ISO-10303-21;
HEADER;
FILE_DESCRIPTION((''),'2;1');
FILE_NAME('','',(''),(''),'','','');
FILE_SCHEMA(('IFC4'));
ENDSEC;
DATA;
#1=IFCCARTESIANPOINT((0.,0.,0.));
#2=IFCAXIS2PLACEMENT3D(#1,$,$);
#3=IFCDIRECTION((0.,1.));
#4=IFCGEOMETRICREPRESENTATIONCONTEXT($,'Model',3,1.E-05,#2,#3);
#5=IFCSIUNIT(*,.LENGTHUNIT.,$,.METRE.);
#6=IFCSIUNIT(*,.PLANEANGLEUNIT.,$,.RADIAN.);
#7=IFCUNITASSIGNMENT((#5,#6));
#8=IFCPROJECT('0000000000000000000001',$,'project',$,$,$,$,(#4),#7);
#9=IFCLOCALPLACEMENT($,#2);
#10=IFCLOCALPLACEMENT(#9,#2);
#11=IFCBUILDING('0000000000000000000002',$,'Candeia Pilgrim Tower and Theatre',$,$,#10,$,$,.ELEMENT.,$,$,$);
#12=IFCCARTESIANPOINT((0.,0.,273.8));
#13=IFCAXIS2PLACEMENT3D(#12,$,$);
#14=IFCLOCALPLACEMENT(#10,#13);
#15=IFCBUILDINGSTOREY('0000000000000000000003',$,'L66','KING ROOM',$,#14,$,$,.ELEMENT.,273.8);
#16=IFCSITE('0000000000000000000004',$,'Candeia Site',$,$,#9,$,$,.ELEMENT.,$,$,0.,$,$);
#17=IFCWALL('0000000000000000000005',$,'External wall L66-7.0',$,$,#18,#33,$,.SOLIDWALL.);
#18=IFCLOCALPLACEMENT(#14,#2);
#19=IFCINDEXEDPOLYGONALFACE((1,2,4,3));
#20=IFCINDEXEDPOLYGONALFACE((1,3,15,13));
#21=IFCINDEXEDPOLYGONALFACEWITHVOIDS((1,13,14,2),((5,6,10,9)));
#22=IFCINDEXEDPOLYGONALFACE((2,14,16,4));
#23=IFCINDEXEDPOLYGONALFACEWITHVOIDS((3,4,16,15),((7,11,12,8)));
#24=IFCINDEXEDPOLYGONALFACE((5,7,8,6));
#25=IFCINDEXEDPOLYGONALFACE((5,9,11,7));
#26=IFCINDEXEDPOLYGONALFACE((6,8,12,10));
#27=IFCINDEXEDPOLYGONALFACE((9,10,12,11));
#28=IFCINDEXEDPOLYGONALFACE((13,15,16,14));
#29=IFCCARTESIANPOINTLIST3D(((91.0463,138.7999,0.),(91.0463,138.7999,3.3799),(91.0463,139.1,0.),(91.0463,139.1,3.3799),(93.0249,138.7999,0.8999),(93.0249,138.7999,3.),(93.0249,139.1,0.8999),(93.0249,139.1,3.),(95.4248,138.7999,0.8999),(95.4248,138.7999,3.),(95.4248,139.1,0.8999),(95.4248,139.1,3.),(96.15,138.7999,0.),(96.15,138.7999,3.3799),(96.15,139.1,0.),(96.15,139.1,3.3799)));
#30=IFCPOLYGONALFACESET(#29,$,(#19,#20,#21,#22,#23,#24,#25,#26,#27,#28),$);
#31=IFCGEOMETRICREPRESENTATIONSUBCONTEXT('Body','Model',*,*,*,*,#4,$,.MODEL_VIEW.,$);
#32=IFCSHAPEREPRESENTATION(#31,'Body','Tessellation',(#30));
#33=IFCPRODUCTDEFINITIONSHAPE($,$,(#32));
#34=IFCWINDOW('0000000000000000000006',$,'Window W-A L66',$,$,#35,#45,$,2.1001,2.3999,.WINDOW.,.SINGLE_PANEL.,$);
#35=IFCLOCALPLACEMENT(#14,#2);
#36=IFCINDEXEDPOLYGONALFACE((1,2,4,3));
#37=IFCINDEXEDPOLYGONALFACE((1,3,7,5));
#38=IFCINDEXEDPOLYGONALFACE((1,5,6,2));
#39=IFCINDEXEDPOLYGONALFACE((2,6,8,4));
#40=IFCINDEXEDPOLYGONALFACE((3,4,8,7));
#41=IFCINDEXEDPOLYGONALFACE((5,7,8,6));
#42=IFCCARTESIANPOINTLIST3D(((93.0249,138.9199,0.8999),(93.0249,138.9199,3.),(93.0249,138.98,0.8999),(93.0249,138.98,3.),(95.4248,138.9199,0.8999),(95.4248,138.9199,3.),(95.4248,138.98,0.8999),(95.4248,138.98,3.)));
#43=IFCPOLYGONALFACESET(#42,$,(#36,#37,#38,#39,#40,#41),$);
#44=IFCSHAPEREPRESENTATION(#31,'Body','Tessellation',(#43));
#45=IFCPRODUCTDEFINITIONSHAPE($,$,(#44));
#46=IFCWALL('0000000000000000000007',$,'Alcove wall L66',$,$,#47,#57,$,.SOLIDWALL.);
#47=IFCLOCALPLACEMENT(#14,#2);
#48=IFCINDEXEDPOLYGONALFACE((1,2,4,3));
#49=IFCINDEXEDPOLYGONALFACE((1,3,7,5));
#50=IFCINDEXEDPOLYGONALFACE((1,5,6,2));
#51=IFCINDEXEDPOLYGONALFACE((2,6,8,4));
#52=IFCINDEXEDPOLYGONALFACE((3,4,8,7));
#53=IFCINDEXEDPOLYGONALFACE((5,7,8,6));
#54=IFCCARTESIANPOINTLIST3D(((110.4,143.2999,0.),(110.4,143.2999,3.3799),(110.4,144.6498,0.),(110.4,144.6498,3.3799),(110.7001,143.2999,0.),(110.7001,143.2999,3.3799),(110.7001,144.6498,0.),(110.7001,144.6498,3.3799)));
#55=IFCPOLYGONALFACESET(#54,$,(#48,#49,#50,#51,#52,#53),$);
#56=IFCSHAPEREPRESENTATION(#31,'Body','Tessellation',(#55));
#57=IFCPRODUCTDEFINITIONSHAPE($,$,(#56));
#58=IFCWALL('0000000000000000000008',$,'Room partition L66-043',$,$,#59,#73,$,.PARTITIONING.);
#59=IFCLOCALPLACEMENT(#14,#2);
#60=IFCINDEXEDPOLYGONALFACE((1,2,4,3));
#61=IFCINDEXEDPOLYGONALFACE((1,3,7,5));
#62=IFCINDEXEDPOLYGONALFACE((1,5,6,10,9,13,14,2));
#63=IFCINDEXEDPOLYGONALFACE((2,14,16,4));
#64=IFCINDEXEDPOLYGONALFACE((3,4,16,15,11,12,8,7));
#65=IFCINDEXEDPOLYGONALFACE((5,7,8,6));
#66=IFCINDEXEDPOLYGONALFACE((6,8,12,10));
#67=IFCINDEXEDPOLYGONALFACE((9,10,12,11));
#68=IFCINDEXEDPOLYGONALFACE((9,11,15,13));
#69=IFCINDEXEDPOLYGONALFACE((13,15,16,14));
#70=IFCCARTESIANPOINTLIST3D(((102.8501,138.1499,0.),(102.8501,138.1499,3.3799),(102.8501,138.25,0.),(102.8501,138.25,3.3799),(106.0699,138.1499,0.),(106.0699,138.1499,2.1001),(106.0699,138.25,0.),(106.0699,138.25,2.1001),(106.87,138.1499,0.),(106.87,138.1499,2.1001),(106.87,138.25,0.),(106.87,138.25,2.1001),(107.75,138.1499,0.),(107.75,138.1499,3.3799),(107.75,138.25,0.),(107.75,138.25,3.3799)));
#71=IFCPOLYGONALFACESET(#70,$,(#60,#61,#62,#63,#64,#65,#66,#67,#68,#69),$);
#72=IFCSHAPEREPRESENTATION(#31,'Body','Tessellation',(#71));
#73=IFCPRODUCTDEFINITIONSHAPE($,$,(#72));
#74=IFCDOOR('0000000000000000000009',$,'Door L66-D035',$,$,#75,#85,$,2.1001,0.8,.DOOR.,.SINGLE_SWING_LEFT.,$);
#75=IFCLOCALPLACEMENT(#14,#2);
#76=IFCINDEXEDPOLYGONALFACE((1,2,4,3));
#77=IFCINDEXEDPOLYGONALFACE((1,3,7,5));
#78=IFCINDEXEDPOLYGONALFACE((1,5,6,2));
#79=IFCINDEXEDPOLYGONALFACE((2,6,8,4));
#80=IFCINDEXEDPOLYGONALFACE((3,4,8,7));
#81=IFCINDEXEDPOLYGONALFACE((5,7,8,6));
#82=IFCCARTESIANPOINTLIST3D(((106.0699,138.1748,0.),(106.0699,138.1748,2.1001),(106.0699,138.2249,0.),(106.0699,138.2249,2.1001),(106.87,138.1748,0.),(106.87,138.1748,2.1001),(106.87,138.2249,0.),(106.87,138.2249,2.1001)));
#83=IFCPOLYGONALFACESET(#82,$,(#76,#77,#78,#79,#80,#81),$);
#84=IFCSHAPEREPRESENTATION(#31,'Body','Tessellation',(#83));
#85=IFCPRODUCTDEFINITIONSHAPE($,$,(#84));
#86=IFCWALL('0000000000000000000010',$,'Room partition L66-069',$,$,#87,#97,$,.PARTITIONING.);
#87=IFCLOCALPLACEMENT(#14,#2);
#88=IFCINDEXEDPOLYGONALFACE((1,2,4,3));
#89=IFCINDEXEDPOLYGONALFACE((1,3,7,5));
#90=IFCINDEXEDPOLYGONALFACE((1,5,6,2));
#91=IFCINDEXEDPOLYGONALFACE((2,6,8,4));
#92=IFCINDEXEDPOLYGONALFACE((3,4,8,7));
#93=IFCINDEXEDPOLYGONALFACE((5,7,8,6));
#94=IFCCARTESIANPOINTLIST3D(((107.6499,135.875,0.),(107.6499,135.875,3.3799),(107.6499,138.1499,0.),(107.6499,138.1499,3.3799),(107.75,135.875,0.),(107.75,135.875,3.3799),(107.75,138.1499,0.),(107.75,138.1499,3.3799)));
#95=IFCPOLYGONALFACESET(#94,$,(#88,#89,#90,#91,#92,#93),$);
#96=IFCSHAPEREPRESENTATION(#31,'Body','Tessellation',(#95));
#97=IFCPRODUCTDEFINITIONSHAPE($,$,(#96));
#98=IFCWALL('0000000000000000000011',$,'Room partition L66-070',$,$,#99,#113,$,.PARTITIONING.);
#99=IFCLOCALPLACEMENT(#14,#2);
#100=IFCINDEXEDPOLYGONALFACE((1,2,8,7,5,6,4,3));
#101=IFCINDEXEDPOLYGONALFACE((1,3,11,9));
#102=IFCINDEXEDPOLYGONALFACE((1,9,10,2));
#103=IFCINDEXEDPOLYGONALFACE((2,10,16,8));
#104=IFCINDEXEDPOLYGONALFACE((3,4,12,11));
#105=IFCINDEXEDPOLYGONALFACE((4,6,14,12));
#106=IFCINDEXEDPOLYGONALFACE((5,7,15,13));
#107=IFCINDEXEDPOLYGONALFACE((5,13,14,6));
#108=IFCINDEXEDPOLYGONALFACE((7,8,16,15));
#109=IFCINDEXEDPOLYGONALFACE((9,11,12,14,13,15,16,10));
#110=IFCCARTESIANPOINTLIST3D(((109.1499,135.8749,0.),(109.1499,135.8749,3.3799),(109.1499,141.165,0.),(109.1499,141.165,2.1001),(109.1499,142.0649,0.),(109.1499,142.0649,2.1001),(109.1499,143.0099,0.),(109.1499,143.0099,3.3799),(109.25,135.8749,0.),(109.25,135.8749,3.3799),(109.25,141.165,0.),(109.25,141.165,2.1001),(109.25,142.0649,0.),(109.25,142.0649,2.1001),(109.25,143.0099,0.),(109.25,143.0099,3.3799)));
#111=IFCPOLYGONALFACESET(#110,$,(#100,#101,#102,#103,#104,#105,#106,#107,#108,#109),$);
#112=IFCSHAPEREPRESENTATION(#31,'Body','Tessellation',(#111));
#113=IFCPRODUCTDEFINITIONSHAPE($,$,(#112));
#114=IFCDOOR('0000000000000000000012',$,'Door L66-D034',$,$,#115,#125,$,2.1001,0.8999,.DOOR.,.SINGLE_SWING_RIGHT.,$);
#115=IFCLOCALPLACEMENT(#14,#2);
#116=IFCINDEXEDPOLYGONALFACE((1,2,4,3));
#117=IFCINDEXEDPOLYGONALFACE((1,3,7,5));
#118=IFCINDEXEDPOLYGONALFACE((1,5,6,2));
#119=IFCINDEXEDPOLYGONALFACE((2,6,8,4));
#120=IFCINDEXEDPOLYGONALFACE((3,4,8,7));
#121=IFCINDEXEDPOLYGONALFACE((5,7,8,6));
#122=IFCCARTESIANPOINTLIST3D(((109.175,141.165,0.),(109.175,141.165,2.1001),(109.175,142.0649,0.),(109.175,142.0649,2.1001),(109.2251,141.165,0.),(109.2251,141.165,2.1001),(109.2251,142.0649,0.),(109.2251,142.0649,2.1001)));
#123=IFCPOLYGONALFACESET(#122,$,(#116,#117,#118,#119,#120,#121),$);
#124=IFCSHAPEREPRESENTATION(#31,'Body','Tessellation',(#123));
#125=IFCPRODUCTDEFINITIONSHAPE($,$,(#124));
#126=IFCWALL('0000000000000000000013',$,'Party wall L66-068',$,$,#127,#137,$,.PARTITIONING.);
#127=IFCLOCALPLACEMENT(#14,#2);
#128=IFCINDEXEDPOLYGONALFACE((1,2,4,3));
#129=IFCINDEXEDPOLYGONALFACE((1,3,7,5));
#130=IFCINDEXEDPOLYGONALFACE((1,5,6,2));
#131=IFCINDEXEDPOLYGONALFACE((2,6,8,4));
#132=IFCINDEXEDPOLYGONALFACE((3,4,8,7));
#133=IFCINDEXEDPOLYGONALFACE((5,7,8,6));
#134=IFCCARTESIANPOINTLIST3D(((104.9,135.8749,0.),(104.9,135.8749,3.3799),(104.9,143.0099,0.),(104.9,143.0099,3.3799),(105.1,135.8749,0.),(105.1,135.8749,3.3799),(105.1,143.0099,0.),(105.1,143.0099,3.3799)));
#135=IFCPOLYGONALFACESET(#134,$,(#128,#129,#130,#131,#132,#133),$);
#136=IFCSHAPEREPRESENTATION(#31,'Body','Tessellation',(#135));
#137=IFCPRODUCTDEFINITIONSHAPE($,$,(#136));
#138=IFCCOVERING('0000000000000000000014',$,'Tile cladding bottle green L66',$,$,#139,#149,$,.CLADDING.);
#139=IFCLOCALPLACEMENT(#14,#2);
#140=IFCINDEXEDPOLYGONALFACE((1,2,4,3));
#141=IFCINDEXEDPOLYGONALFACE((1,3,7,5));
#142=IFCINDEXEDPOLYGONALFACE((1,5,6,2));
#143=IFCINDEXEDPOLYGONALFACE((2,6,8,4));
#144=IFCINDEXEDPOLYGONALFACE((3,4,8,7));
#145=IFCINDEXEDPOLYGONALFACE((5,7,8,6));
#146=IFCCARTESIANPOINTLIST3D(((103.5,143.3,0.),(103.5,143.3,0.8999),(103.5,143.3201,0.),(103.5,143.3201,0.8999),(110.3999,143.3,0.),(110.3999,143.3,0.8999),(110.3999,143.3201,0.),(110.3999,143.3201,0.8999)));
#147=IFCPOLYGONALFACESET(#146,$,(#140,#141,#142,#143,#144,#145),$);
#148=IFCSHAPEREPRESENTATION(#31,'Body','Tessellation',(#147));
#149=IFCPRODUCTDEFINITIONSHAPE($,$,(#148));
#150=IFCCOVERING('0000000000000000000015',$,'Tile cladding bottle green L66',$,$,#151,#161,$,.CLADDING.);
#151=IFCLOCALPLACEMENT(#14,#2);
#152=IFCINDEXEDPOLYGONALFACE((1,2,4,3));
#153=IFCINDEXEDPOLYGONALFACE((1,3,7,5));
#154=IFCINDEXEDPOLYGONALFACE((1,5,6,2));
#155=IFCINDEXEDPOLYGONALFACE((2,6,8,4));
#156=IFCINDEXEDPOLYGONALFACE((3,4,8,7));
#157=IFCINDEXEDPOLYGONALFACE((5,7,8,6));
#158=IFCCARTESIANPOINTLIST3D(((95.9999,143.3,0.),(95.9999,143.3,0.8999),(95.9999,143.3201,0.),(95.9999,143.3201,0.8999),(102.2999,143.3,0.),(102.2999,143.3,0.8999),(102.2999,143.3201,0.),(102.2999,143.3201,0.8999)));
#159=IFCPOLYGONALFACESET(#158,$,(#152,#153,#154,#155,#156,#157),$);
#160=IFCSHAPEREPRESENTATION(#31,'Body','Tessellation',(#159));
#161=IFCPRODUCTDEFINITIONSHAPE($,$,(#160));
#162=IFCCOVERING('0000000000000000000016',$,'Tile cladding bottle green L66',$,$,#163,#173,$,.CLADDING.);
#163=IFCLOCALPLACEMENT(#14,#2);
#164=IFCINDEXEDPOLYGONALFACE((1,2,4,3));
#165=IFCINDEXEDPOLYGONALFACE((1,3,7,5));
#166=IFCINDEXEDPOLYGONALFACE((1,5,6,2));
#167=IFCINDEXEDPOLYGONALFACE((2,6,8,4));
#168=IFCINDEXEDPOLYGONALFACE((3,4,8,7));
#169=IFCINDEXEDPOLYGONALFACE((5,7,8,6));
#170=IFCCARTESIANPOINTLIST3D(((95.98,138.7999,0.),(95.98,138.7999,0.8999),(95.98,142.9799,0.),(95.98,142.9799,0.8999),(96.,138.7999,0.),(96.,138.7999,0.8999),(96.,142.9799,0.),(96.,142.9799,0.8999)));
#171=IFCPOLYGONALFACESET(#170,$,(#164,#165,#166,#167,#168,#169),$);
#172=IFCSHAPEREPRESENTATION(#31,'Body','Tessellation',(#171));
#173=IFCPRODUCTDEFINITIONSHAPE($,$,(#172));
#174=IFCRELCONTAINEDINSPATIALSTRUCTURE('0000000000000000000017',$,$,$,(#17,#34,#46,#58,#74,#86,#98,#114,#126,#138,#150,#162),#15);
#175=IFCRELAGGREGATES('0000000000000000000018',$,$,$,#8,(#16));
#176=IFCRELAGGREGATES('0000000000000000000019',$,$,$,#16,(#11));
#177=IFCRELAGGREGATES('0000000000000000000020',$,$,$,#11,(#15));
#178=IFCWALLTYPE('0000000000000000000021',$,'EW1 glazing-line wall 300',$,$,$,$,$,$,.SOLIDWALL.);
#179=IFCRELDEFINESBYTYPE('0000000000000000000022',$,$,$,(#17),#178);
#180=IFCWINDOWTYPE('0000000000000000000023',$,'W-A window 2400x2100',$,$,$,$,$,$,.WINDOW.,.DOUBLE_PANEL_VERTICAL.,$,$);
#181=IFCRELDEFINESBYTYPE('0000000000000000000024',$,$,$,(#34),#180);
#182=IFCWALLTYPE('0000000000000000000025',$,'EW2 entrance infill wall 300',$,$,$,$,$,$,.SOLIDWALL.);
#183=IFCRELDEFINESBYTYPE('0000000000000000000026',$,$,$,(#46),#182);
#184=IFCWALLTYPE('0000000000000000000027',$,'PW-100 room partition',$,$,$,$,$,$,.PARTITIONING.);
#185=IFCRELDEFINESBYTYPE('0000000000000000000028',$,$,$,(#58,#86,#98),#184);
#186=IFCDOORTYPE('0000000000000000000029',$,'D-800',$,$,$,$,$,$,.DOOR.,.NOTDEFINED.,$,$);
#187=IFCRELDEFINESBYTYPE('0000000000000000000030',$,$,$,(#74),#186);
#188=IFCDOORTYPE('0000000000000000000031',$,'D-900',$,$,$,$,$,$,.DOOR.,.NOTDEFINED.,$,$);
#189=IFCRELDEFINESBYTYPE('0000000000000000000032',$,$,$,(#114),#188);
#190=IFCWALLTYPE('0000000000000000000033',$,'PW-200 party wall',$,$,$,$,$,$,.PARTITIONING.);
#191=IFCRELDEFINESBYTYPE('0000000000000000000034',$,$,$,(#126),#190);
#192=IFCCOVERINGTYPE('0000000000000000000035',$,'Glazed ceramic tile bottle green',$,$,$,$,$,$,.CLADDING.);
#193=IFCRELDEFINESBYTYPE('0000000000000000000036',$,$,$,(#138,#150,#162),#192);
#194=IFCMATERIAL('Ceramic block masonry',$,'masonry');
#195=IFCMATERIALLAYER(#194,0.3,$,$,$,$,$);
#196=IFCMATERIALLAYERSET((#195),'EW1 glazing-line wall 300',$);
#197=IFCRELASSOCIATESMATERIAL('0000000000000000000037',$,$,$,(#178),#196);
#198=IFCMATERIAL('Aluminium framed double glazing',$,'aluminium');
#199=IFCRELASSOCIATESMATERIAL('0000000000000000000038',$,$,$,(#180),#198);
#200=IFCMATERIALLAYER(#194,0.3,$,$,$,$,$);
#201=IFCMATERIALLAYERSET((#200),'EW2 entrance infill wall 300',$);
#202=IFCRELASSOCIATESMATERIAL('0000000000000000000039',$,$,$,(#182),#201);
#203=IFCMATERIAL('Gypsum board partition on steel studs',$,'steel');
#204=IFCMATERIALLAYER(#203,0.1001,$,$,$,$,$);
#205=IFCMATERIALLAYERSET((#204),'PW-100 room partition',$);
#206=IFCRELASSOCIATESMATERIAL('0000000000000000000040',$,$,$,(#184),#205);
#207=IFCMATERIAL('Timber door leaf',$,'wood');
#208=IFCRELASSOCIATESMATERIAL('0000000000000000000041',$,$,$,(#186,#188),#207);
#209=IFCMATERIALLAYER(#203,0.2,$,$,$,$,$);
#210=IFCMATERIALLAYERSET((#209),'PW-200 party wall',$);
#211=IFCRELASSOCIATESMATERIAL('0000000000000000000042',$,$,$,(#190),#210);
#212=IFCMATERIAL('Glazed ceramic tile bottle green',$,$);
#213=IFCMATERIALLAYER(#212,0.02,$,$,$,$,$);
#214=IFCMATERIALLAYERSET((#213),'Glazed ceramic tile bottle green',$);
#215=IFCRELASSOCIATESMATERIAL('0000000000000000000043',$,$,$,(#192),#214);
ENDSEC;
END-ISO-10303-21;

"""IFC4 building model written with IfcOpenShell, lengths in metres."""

from ifc_helpers import new_model, si_unit, direction, frame, frame_2d, origin, origin_2d, place, context, subcontext, project, spatial, rectangle, extrude, material, layer, layer_set, type_object, element, fill, save


model = new_model("IFC4")

# Units and contexts
model_context = context("Model", 3, precision=1e-05, world=origin(), true_north=direction((0.0, 1.0)))
body_context = subcontext(model_context, "Body", "Model", "MODEL_VIEW")
ifc_project = project(units=[si_unit("LENGTHUNIT", "METRE"), si_unit("PLANEANGLEUNIT", "RADIAN")], contexts=[model_context])

# Site, building, storey
site_placement = place(None, origin())
site = spatial("IfcSite", under=ifc_project, at=site_placement, Name="Candeia Site", CompositionType="ELEMENT", RefElevation=0.0)
building_placement = place(site_placement, origin())
building = spatial("IfcBuilding", under=site, at=building_placement, Name="Candeia Pilgrim Tower and Theatre", CompositionType="ELEMENT")
storey_placement = place(building_placement, frame((0.0, 0.0, 273.8)))
storey = spatial("IfcBuildingStorey", under=building, at=storey_placement, Name="L66", Description="KING ROOM", CompositionType="ELEMENT", Elevation=273.8)

# Shared definitions
ifc_material_1 = material(Name="Ceramic block masonry", Category="masonry")
ifc_layer_1 = layer(ifc_material_1, 0.3)
ifc_layer_set_1 = layer_set([ifc_layer_1], Name="EW1 glazing-line wall 300")
wall_type_1 = type_object("IfcWallType", Name="EW1 glazing-line wall 300", PredefinedType="SOLIDWALL", material=ifc_layer_set_1)
ifc_material_2 = material(Name="Aluminium framed double glazing", Category="aluminium")
window_type_1 = type_object("IfcWindowType", Name="W-A window 2400x2100", PartitioningType="DOUBLE_PANEL_VERTICAL", PredefinedType="WINDOW", material=ifc_material_2)

# Wall, opening, window
wall_1_placement = place(storey_placement, frame((96.1499, 138.95, 0.0), z_axis=(0.0, 0.0, 1.0), x_axis=(-1.0, 0.0, 0.0)))
wall_1 = element("IfcWall", 1, at=wall_1_placement, inside=storey, type_object=wall_type_1, Name="External wall L66-7.0", PredefinedType="SOLIDWALL", context=body_context, shape_type="SweptSolid", body=[
    extrude(rectangle(XDim=5.1038, YDim=0.3, at=frame_2d((2.5518, 0.0))), origin(), (0.0, 0.0, 1.0), 3.3799),
])
opening_1_placement = place(wall_1_placement, frame((0.7251, 0.0, 0.8999)))
opening_1 = element("IfcOpeningElement", 2, at=opening_1_placement, cuts=wall_1, PredefinedType="OPENING", context=body_context, shape_type="SweptSolid", body=[
    extrude(rectangle(XDim=2.3999, YDim=2.1001, at=frame_2d((1.2, 1.05))), frame((0.0, 0.1602, 0.0), z_axis=(0.0, -1.0, 0.0), x_axis=(1.0, 0.0, 0.0)), (0.0, 0.0, 1.0), 0.3201),
])
window_1_placement = place(opening_1_placement, origin())
window_1 = element("IfcWindow", 3, at=window_1_placement, inside=storey, type_object=window_type_1, Name="Window W-A L66", OverallHeight=2.1001, OverallWidth=2.3999, PartitioningType="SINGLE_PANEL", PredefinedType="WINDOW", context=body_context, shape_type="SweptSolid", body=[
    extrude(rectangle(XDim=2.3999, YDim=2.1001, at=frame_2d((1.2, 1.05))), frame((0.0, 0.03, 0.0), z_axis=(0.0, -1.0, 0.0), x_axis=(1.0, 0.0, 0.0)), (0.0, 0.0, 1.0), 0.0601),
])
fill(opening_1, window_1)

# Wall
ifc_layer_2 = layer(ifc_material_1, 0.3)
ifc_layer_set_2 = layer_set([ifc_layer_2], Name="EW2 entrance infill wall 300")
wall_type_2 = type_object("IfcWallType", Name="EW2 entrance infill wall 300", PredefinedType="SOLIDWALL", material=ifc_layer_set_2)
wall_2_placement = place(storey_placement, frame((110.55, 143.3, 0.0), z_axis=(0.0, 0.0, 1.0), x_axis=(0.0, 1.0, 0.0)))
element("IfcWall", 4, at=wall_2_placement, inside=storey, type_object=wall_type_2, Name="Alcove wall L66", PredefinedType="SOLIDWALL", context=body_context, shape_type="SweptSolid", body=[
    extrude(rectangle(XDim=1.3499, YDim=0.3, at=frame_2d((0.6748, 0.0))), origin(), (0.0, 0.0, 1.0), 3.3799),
])

# Wall, opening, door
ifc_material_3 = material(Name="Gypsum board partition on steel studs", Category="steel")
ifc_layer_3 = layer(ifc_material_3, 0.1001)
ifc_layer_set_3 = layer_set([ifc_layer_3], Name="PW-100 room partition")
wall_type_3 = type_object("IfcWallType", Name="PW-100 room partition", PredefinedType="PARTITIONING", material=ifc_layer_set_3)
wall_3_placement = place(storey_placement, frame((102.8501, 138.2, 0.0), z_axis=(0.0, 0.0, 1.0), x_axis=(1.0, 0.0, 0.0)))
wall_3 = element("IfcWall", 5, at=wall_3_placement, inside=storey, type_object=wall_type_3, Name="Room partition L66-043", PredefinedType="PARTITIONING", context=body_context, shape_type="SweptSolid", body=[
    extrude(rectangle(XDim=4.8999, YDim=0.1001, at=frame_2d((2.45, 0.0))), origin(), (0.0, 0.0, 1.0), 3.3799),
])
opening_2_placement = place(wall_3_placement, frame((3.22, 0.0, 0.0)))
opening_2 = element("IfcOpeningElement", 6, at=opening_2_placement, cuts=wall_3, PredefinedType="OPENING", context=body_context, shape_type="SweptSolid", body=[
    extrude(rectangle(XDim=0.8, YDim=2.1001, at=frame_2d((0.3999, 1.05))), frame((0.0, 0.0601, 0.0), z_axis=(0.0, -1.0, 0.0), x_axis=(1.0, 0.0, 0.0)), (0.0, 0.0, 1.0), 0.1201),
])
ifc_material_4 = material(Name="Timber door leaf", Category="wood")
door_type_1 = type_object("IfcDoorType", Name="D-800", OperationType="NOTDEFINED", PredefinedType="DOOR", material=ifc_material_4)
door_1_placement = place(opening_2_placement, origin())
door_1 = element("IfcDoor", 7, at=door_1_placement, inside=storey, type_object=door_type_1, Name="Door L66-D035", OperationType="SINGLE_SWING_LEFT", OverallHeight=2.1001, OverallWidth=0.8, PredefinedType="DOOR", context=body_context, shape_type="SweptSolid", body=[
    extrude(rectangle(XDim=0.8, YDim=2.1001, at=frame_2d((0.3999, 1.05))), frame((0.0, 0.0249, 0.0), z_axis=(0.0, -1.0, 0.0), x_axis=(1.0, 0.0, 0.0)), (0.0, 0.0, 1.0), 0.05),
])
fill(opening_2, door_1)

# Wall
wall_4_placement = place(storey_placement, frame((107.7, 135.875, 0.0), z_axis=(0.0, 0.0, 1.0), x_axis=(0.0, 1.0, 0.0)))
element("IfcWall", 8, at=wall_4_placement, inside=storey, type_object=wall_type_3, Name="Room partition L66-069", PredefinedType="PARTITIONING", context=body_context, shape_type="SweptSolid", body=[
    extrude(rectangle(XDim=2.2749, YDim=0.1001, at=frame_2d((1.1375, 0.0))), origin(), (0.0, 0.0, 1.0), 3.3799),
])

# Wall, opening, door
wall_5_placement = place(storey_placement, frame((109.2, 135.875, 0.0), z_axis=(0.0, 0.0, 1.0), x_axis=(0.0, 1.0, 0.0)))
wall_5 = element("IfcWall", 9, at=wall_5_placement, inside=storey, type_object=wall_type_3, Name="Room partition L66-070", PredefinedType="PARTITIONING", context=body_context, shape_type="SweptSolid", body=[
    extrude(rectangle(XDim=7.135, YDim=0.1001, at=frame_2d((3.5674, 0.0))), origin(), (0.0, 0.0, 1.0), 3.3799),
])
opening_3_placement = place(wall_5_placement, frame((5.29, 0.0, 0.0)))
opening_3 = element("IfcOpeningElement", 10, at=opening_3_placement, cuts=wall_5, PredefinedType="OPENING", context=body_context, shape_type="SweptSolid", body=[
    extrude(rectangle(XDim=0.8999, YDim=2.1001, at=frame_2d((0.45, 1.05))), frame((0.0, 0.0601, 0.0), z_axis=(0.0, -1.0, 0.0), x_axis=(1.0, 0.0, 0.0)), (0.0, 0.0, 1.0), 0.1201),
])
door_type_2 = type_object("IfcDoorType", Name="D-900", OperationType="NOTDEFINED", PredefinedType="DOOR", material=ifc_material_4)
door_2_placement = place(opening_3_placement, origin())
door_2 = element("IfcDoor", 11, at=door_2_placement, inside=storey, type_object=door_type_2, Name="Door L66-D034", OperationType="SINGLE_SWING_RIGHT", OverallHeight=2.1001, OverallWidth=0.8999, PredefinedType="DOOR", context=body_context, shape_type="SweptSolid", body=[
    extrude(rectangle(XDim=0.8999, YDim=2.1001, at=frame_2d((0.45, 1.05))), frame((0.0, 0.0249, 0.0), z_axis=(0.0, -1.0, 0.0), x_axis=(1.0, 0.0, 0.0)), (0.0, 0.0, 1.0), 0.05),
])
fill(opening_3, door_2)

# Wall
ifc_layer_4 = layer(ifc_material_3, 0.2)
ifc_layer_set_4 = layer_set([ifc_layer_4], Name="PW-200 party wall")
wall_type_4 = type_object("IfcWallType", Name="PW-200 party wall", PredefinedType="PARTITIONING", material=ifc_layer_set_4)
wall_6_placement = place(storey_placement, frame((105.0, 135.875, 0.0), z_axis=(0.0, 0.0, 1.0), x_axis=(0.0, 1.0, 0.0)))
element("IfcWall", 12, at=wall_6_placement, inside=storey, type_object=wall_type_4, Name="Party wall L66-068", PredefinedType="PARTITIONING", context=body_context, shape_type="SweptSolid", body=[
    extrude(rectangle(XDim=7.135, YDim=0.2, at=frame_2d((3.5674, 0.0))), origin(), (0.0, 0.0, 1.0), 3.3799),
])

# Coverings
ifc_material_5 = material(Name="Glazed ceramic tile bottle green")
ifc_layer_5 = layer(ifc_material_5, 0.02)
ifc_layer_set_5 = layer_set([ifc_layer_5], Name="Glazed ceramic tile bottle green")
covering_type = type_object("IfcCoveringType", Name="Glazed ceramic tile bottle green", PredefinedType="CLADDING", material=ifc_layer_set_5)
covering_1_placement = place(storey_placement, frame((106.95, 143.3101, 0.0), z_axis=(0.0, 0.0, 1.0), x_axis=(-1.0, 0.0, 0.0)))
element("IfcCovering", 13, at=covering_1_placement, inside=storey, type_object=covering_type, Name="Tile cladding bottle green L66", PredefinedType="CLADDING", context=body_context, shape_type="SweptSolid", body=[
    extrude(rectangle(XDim=6.8999, YDim=0.02, at=origin_2d()), origin(), (0.0, 0.0, 1.0), 0.8999),
])
covering_2_placement = place(storey_placement, frame((99.1499, 143.3101, 0.0), z_axis=(0.0, 0.0, 1.0), x_axis=(-1.0, 0.0, 0.0)))
element("IfcCovering", 14, at=covering_2_placement, inside=storey, type_object=covering_type, Name="Tile cladding bottle green L66", PredefinedType="CLADDING", context=body_context, shape_type="SweptSolid", body=[
    extrude(rectangle(XDim=6.3, YDim=0.02, at=origin_2d()), origin(), (0.0, 0.0, 1.0), 0.8999),
])
covering_3_placement = place(storey_placement, frame((95.99, 140.8899, 0.0), z_axis=(0.0, 0.0, 1.0), x_axis=(0.0, -1.0, 0.0)))
element("IfcCovering", 15, at=covering_3_placement, inside=storey, type_object=covering_type, Name="Tile cladding bottle green L66", PredefinedType="CLADDING", context=body_context, shape_type="SweptSolid", body=[
    extrude(rectangle(XDim=4.1799, YDim=0.02, at=origin_2d()), origin(), (0.0, 0.0, 1.0), 0.8999),
])

save(model, "model.ifc")
